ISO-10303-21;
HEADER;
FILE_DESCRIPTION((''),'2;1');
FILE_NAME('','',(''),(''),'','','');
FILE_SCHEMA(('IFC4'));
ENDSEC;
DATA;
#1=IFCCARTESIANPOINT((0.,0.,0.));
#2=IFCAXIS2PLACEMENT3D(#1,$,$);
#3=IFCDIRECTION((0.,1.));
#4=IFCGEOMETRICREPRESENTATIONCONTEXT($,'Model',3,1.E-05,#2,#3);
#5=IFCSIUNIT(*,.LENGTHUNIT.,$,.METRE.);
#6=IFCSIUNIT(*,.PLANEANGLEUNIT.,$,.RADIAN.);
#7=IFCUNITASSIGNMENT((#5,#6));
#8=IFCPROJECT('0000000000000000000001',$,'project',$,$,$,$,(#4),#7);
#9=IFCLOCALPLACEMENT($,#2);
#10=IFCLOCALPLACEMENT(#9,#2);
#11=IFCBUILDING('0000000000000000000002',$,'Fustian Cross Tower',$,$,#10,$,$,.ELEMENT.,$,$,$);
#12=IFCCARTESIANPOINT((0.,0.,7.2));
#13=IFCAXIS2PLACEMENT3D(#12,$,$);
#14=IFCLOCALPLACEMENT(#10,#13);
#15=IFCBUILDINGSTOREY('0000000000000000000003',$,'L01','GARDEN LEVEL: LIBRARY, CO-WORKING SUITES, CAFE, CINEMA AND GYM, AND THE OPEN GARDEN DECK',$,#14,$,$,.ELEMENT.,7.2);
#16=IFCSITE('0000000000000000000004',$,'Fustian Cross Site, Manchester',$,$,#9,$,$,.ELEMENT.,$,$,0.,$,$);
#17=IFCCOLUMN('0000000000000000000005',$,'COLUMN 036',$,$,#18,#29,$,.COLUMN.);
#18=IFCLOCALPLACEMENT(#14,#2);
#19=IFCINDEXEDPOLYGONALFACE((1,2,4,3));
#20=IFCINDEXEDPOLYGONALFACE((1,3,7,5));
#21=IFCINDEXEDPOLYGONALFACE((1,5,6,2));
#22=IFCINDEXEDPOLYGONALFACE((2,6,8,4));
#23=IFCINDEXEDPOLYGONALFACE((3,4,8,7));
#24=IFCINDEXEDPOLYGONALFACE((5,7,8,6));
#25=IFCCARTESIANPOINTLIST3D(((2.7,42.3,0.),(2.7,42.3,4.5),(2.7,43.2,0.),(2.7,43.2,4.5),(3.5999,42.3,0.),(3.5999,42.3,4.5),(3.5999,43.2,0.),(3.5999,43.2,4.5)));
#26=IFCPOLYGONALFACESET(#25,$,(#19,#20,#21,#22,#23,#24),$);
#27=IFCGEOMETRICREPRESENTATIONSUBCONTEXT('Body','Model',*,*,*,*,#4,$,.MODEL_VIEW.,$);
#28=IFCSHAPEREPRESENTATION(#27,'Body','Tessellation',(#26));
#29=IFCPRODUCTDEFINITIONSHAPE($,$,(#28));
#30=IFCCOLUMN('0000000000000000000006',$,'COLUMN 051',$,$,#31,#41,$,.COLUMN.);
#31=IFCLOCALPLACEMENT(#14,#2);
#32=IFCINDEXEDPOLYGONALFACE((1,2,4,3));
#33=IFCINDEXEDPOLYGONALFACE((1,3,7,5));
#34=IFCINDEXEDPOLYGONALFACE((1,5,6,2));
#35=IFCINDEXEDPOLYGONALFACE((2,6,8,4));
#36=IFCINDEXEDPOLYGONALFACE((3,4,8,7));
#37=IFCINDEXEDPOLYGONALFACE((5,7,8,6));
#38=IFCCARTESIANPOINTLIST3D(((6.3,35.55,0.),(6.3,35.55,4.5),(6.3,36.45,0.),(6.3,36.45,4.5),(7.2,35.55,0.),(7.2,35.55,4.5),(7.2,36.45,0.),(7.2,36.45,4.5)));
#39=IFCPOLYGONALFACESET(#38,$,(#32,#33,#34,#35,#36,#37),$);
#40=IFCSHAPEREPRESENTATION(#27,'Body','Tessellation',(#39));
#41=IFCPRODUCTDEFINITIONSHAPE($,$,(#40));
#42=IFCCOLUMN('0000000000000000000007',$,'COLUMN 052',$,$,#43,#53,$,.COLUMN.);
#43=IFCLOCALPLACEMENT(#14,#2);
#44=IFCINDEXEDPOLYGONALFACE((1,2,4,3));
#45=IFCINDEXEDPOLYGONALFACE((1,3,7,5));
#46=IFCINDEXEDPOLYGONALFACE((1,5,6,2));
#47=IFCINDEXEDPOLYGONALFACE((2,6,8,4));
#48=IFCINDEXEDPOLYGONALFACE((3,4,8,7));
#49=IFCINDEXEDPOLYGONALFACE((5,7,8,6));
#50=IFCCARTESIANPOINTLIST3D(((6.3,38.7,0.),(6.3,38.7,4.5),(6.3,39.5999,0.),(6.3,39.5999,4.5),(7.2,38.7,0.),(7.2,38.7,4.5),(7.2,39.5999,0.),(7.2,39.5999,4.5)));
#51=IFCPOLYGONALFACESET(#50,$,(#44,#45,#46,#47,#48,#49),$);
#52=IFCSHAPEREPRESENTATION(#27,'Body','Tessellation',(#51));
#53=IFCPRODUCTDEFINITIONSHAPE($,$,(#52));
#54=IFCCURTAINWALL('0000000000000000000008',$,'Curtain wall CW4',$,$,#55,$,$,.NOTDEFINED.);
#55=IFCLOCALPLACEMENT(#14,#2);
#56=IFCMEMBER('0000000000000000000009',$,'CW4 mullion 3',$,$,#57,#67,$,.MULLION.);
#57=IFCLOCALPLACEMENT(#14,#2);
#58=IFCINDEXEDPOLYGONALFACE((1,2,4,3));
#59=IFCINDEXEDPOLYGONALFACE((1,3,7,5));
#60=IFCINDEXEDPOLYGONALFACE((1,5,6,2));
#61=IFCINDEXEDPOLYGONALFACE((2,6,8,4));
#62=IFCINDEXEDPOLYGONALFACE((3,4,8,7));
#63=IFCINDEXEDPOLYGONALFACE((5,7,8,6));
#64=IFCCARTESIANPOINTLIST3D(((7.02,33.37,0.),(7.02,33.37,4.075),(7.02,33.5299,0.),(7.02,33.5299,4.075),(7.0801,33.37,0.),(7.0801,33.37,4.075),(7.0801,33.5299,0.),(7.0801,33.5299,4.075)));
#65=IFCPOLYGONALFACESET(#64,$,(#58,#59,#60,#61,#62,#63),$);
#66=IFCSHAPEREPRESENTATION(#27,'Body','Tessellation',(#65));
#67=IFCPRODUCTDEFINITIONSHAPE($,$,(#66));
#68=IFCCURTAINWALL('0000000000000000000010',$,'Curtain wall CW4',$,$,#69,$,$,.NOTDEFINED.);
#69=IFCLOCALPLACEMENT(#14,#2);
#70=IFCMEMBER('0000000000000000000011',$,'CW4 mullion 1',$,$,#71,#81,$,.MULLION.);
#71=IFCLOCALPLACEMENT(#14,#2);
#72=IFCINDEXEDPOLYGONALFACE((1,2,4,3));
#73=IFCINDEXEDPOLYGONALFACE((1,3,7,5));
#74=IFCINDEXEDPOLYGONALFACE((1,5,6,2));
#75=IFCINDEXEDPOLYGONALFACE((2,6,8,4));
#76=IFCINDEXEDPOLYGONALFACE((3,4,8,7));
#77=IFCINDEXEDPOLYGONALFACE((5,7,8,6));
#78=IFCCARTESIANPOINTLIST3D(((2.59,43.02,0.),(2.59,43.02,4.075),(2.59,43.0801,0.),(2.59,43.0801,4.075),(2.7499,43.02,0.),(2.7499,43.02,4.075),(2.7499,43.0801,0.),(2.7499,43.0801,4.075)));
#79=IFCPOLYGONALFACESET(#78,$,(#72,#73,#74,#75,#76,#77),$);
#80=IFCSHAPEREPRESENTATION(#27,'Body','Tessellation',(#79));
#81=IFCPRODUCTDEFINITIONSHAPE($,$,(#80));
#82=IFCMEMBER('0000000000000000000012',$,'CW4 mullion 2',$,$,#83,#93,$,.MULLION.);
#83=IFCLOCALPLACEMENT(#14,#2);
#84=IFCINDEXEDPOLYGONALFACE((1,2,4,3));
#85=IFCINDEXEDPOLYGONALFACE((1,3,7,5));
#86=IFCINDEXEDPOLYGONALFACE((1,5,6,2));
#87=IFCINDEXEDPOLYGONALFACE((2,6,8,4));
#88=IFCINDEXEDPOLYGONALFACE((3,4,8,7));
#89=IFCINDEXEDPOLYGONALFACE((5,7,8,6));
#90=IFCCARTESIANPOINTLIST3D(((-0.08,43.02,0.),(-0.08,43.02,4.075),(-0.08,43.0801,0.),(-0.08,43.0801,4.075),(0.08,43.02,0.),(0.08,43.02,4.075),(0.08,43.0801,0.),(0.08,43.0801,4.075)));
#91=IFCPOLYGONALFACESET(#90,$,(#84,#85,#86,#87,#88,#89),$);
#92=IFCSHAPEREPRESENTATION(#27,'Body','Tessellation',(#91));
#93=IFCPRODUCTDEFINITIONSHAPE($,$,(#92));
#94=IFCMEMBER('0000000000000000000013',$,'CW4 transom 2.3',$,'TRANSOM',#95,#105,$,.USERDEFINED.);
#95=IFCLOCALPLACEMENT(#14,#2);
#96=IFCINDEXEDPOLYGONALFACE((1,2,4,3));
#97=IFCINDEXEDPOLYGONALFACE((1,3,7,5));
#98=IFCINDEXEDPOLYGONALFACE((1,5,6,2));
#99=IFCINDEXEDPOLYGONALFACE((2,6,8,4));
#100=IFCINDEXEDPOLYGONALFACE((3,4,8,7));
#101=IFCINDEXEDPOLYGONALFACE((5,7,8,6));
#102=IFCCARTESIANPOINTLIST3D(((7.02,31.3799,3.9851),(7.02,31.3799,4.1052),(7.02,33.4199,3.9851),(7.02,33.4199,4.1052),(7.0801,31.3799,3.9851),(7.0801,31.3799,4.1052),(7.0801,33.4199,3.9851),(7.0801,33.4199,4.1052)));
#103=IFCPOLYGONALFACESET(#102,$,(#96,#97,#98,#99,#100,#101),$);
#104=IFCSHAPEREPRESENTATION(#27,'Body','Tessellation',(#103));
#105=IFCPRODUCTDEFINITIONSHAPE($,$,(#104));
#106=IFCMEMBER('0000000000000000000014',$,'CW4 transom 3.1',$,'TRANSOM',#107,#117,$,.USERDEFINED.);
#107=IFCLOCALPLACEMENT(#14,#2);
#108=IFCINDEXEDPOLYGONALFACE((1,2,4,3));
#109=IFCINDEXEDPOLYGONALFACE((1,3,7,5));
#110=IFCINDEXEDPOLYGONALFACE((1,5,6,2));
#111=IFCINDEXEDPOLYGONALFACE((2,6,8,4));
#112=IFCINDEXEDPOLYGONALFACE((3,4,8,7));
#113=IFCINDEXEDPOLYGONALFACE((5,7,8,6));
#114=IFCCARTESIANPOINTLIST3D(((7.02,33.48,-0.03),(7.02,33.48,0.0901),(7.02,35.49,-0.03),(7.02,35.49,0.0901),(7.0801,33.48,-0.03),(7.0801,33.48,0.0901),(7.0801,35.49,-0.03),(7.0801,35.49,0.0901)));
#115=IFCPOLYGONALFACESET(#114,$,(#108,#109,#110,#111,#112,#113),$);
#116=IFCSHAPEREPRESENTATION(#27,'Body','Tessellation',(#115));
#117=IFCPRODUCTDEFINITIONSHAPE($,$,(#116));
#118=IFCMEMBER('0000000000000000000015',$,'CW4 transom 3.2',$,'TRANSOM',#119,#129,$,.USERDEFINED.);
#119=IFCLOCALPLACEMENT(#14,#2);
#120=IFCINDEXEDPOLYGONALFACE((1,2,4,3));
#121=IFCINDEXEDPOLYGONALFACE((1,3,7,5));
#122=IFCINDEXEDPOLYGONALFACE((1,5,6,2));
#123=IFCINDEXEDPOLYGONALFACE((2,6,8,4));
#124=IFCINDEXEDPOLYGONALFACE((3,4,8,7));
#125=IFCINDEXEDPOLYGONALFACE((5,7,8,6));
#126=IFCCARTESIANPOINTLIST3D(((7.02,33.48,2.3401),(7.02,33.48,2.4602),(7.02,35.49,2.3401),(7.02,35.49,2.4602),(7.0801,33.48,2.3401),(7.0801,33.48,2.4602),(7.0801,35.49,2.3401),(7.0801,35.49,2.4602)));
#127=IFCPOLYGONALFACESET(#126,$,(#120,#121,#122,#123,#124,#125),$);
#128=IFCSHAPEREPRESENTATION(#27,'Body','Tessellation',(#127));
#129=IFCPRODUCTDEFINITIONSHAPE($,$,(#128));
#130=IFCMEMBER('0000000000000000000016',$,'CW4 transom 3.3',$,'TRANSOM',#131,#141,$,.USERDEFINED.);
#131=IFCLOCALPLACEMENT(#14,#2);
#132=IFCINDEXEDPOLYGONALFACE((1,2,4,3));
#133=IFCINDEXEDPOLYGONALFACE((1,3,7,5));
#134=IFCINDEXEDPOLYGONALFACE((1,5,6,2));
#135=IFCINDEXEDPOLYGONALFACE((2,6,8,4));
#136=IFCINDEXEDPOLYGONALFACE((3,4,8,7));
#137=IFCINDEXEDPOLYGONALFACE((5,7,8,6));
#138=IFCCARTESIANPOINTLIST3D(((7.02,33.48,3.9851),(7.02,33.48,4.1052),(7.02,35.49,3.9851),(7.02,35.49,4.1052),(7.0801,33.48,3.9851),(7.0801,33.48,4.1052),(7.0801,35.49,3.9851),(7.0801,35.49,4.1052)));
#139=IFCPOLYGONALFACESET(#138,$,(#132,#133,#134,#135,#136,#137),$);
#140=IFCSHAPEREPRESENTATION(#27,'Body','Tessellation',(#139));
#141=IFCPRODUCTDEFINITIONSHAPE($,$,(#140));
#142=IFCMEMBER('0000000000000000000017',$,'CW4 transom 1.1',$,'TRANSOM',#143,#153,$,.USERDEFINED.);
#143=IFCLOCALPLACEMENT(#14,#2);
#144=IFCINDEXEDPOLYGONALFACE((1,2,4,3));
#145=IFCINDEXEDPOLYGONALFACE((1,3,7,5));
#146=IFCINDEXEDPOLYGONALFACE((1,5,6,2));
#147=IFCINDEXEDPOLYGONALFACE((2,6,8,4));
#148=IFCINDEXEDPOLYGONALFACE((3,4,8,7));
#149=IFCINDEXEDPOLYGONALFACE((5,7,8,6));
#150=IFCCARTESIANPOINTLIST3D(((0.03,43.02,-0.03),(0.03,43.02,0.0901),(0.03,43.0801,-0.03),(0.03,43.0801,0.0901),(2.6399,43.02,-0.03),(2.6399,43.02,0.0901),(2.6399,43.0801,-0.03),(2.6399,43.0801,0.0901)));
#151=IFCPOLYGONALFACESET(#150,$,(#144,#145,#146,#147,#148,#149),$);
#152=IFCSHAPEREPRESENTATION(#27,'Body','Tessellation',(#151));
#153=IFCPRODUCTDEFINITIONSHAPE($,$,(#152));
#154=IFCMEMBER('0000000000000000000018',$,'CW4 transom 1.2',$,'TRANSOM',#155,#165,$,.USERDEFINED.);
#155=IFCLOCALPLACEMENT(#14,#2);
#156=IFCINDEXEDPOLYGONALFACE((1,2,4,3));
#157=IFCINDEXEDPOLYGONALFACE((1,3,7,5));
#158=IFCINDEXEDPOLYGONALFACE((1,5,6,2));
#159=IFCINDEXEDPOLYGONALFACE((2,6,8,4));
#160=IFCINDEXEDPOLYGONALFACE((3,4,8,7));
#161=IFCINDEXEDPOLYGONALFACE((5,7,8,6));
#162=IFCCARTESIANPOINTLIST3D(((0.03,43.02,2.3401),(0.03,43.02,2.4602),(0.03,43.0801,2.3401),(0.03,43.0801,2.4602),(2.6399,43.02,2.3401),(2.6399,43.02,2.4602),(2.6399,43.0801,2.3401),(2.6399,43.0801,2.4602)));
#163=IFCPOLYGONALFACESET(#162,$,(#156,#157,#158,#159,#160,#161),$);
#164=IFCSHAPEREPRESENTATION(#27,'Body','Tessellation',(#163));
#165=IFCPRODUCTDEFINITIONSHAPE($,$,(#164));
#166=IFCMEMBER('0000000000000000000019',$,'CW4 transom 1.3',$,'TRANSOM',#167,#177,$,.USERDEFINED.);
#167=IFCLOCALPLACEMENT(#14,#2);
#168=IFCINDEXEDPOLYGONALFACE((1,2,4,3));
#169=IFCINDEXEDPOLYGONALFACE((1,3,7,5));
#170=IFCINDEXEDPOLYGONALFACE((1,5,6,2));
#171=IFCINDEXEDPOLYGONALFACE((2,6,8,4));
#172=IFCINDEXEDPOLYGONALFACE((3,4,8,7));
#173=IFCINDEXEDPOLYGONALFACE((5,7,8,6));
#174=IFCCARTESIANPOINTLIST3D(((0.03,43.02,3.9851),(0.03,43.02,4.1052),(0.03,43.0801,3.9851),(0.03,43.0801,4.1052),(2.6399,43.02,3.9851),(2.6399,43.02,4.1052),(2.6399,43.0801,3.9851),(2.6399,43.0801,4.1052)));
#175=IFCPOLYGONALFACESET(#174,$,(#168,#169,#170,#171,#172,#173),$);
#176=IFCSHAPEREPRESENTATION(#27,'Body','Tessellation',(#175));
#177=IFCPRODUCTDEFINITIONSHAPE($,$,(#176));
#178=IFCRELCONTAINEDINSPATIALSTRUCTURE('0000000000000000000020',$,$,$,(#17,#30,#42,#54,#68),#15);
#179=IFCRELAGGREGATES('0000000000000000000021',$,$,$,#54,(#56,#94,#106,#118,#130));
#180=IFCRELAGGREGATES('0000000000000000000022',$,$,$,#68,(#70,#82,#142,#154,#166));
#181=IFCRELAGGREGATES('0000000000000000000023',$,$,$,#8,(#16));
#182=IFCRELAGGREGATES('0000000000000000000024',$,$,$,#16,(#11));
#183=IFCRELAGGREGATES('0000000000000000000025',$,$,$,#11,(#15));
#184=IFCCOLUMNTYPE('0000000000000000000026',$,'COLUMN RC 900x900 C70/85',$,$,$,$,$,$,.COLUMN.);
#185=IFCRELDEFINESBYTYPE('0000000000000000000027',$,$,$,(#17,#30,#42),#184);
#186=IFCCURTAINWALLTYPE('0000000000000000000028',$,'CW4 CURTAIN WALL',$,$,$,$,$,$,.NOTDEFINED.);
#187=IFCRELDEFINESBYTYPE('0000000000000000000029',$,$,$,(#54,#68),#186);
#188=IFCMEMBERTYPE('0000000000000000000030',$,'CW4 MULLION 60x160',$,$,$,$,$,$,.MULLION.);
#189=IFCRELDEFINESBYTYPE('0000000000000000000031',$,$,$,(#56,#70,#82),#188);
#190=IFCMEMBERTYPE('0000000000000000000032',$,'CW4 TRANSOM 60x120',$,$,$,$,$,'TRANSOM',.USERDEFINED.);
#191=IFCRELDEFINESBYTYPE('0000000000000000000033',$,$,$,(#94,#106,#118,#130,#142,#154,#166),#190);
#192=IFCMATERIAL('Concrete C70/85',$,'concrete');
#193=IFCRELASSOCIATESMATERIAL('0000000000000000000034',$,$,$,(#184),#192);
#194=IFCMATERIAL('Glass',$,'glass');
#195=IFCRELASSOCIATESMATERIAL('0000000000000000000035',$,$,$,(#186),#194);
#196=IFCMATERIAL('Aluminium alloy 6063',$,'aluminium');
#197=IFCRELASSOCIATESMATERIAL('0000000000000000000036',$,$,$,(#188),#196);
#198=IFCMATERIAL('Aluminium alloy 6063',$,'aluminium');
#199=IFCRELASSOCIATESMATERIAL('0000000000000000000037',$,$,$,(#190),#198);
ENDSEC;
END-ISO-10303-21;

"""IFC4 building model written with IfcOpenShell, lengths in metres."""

from ifc_helpers import new_model, si_unit, direction, frame, origin, origin_2d, place, context, subcontext, project, spatial, rectangle, extrude, material, material_profile, profile_set, type_object, element, aggregate, save


model = new_model("IFC4")

# Units and contexts
model_context = context("Model", 3, precision=1e-05, world=origin(), true_north=direction((0.0, 1.0)))
body_context = subcontext(model_context, "Body", "Model", "MODEL_VIEW")
ifc_project = project(units=[si_unit("LENGTHUNIT", "METRE"), si_unit("PLANEANGLEUNIT", "RADIAN")], contexts=[model_context])

# Site, building, storey
site_placement = place(None, origin())
site = spatial("IfcSite", under=ifc_project, at=site_placement, Name="Fustian Cross Site, Manchester", CompositionType="ELEMENT", RefElevation=0.0)
building_placement = place(site_placement, origin())
building = spatial("IfcBuilding", under=site, at=building_placement, Name="Fustian Cross Tower", CompositionType="ELEMENT")
storey_placement = place(building_placement, frame((0.0, 0.0, 7.2)))
storey = spatial("IfcBuildingStorey", under=building, at=storey_placement, Name="L01", Description="GARDEN LEVEL: LIBRARY, CO-WORKING SUITES, CAFE, CINEMA AND GYM, AND THE OPEN GARDEN DECK", CompositionType="ELEMENT", Elevation=7.2)

# Columns
ifc_material_1 = material(Name="Concrete C70/85", Category="concrete")
ifc_material_profile_1 = material_profile(ifc_material_1, rectangle(XDim=0.8999, YDim=0.8999, at=origin_2d()), Name="RC 900x900")
ifc_profile_set_1 = profile_set([ifc_material_profile_1], Name="Concrete C70/85")
column_type = type_object("IfcColumnType", Name="COLUMN RC 900x900 C70/85", PredefinedType="COLUMN", material=ifc_profile_set_1)
for number, where, z_axis, x_axis, name in (
    (1, (3.1499, 42.75, 0.0), (0.0, 0.0, 1.0), (1.0, 0.0, 0.0), "COLUMN 036"),
    (2, (6.75, 36.0, 0.0), (0.0, 0.0, 1.0), (1.0, 0.0, 0.0), "COLUMN 051"),
    (3, (6.75, 39.1499, 0.0), (0.0, 0.0, 1.0), (1.0, 0.0, 0.0), "COLUMN 052"),
):
    element("IfcColumn", number, at=place(storey_placement, frame(where, z_axis=z_axis, x_axis=x_axis)), inside=storey, type_object=column_type, Name=name, PredefinedType="COLUMN", context=body_context, shape_type="SweptSolid", body=[
        extrude(rectangle(XDim=0.8999, YDim=0.8999, at=origin_2d()), origin(), (0.0, 0.0, 1.0), 4.5),
    ])

# Curtain wall, member
ifc_material_2 = material(Name="Glass", Category="glass")
curtain_wall_type = type_object("IfcCurtainWallType", Name="CW4 CURTAIN WALL", PredefinedType="NOTDEFINED", material=ifc_material_2)
curtain_wall_1_placement = place(storey_placement, origin())
curtain_wall_1 = element("IfcCurtainWall", 4, at=curtain_wall_1_placement, inside=storey, type_object=curtain_wall_type, Name="Curtain wall CW4", PredefinedType="NOTDEFINED")
ifc_material_3 = material(Name="Aluminium alloy 6063", Category="aluminium")
ifc_material_profile_2 = material_profile(ifc_material_3, rectangle(XDim=0.0601, YDim=0.1599, at=origin_2d()), Name="CW4 MULLION 60x160")
ifc_profile_set_2 = profile_set([ifc_material_profile_2], Name="Aluminium alloy 6063")
member_type_1 = type_object("IfcMemberType", Name="CW4 MULLION 60x160", PredefinedType="MULLION", material=ifc_profile_set_2)
member_1_placement = place(storey_placement, frame((7.05, 33.45, 0.0), z_axis=(0.0, 0.0, 1.0), x_axis=(-1.0, 0.0, 0.0)))
member_1 = element("IfcMember", 5, at=member_1_placement, type_object=member_type_1, Name="CW4 mullion 3", PredefinedType="MULLION", context=body_context, shape_type="SweptSolid", body=[
    extrude(rectangle(XDim=0.0601, YDim=0.1599, at=origin_2d()), origin(), (0.0, 0.0, 1.0), 4.075),
])

# Curtain wall, members
curtain_wall_2_placement = place(storey_placement, origin())
curtain_wall_2 = element("IfcCurtainWall", 6, at=curtain_wall_2_placement, inside=storey, type_object=curtain_wall_type, Name="Curtain wall CW4", PredefinedType="NOTDEFINED")
member_2_placement = place(storey_placement, frame((2.6699, 43.05, 0.0), z_axis=(0.0, 0.0, 1.0), x_axis=(0.0, -1.0, 0.0)))
member_2 = element("IfcMember", 7, at=member_2_placement, type_object=member_type_1, Name="CW4 mullion 1", PredefinedType="MULLION", context=body_context, shape_type="SweptSolid", body=[
    extrude(rectangle(XDim=0.0601, YDim=0.1599, at=origin_2d()), origin(), (0.0, 0.0, 1.0), 4.075),
])
member_3_placement = place(storey_placement, frame((0.0, 43.05, 0.0), z_axis=(0.0, 0.0, 1.0), x_axis=(0.0, -1.0, 0.0)))
member_3 = element("IfcMember", 8, at=member_3_placement, type_object=member_type_1, Name="CW4 mullion 2", PredefinedType="MULLION", context=body_context, shape_type="SweptSolid", body=[
    extrude(rectangle(XDim=0.0601, YDim=0.1599, at=origin_2d()), origin(), (0.0, 0.0, 1.0), 4.075),
])

# Members
ifc_material_4 = material(Name="Aluminium alloy 6063", Category="aluminium")
ifc_material_profile_3 = material_profile(ifc_material_4, rectangle(XDim=0.0601, YDim=0.1201, at=origin_2d()), Name="CW4 TRANSOM 60x120")
ifc_profile_set_3 = profile_set([ifc_material_profile_3], Name="Aluminium alloy 6063")
member_type_2 = type_object("IfcMemberType", Name="CW4 TRANSOM 60x120", ElementType="TRANSOM", PredefinedType="USERDEFINED", material=ifc_profile_set_3)
member_4_placement = place(storey_placement, frame((7.05, 31.3799, 4.0452), z_axis=(0.0, 1.0, 0.0), x_axis=(-1.0, 0.0, 0.0)))
member_4 = element("IfcMember", 9, at=member_4_placement, type_object=member_type_2, Name="CW4 transom 2.3", ObjectType="TRANSOM", PredefinedType="USERDEFINED", context=body_context, shape_type="SweptSolid", body=[
    extrude(rectangle(XDim=0.0601, YDim=0.1201, at=origin_2d()), origin(), (0.0, 0.0, 1.0), 2.04),
])
member_5_placement = place(storey_placement, frame((7.05, 33.48, 0.03), z_axis=(0.0, 1.0, 0.0), x_axis=(-1.0, 0.0, 0.0)))
member_5 = element("IfcMember", 10, at=member_5_placement, type_object=member_type_2, Name="CW4 transom 3.1", ObjectType="TRANSOM", PredefinedType="USERDEFINED", context=body_context, shape_type="SweptSolid", body=[
    extrude(rectangle(XDim=0.0601, YDim=0.1201, at=origin_2d()), origin(), (0.0, 0.0, 1.0), 2.01),
])
member_6_placement = place(storey_placement, frame((7.05, 33.48, 2.4001), z_axis=(0.0, 1.0, 0.0), x_axis=(-1.0, 0.0, 0.0)))
member_6 = element("IfcMember", 11, at=member_6_placement, type_object=member_type_2, Name="CW4 transom 3.2", ObjectType="TRANSOM", PredefinedType="USERDEFINED", context=body_context, shape_type="SweptSolid", body=[
    extrude(rectangle(XDim=0.0601, YDim=0.1201, at=origin_2d()), origin(), (0.0, 0.0, 1.0), 2.01),
])
member_7_placement = place(storey_placement, frame((7.05, 33.48, 4.0452), z_axis=(0.0, 1.0, 0.0), x_axis=(-1.0, 0.0, 0.0)))
member_7 = element("IfcMember", 12, at=member_7_placement, type_object=member_type_2, Name="CW4 transom 3.3", ObjectType="TRANSOM", PredefinedType="USERDEFINED", context=body_context, shape_type="SweptSolid", body=[
    extrude(rectangle(XDim=0.0601, YDim=0.1201, at=origin_2d()), origin(), (0.0, 0.0, 1.0), 2.01),
])
member_8_placement = place(storey_placement, frame((2.6399, 43.05, 0.03), z_axis=(-1.0, 0.0, 0.0), x_axis=(0.0, -1.0, 0.0)))
member_8 = element("IfcMember", 13, at=member_8_placement, type_object=member_type_2, Name="CW4 transom 1.1", ObjectType="TRANSOM", PredefinedType="USERDEFINED", context=body_context, shape_type="SweptSolid", body=[
    extrude(rectangle(XDim=0.0601, YDim=0.1201, at=origin_2d()), origin(), (0.0, 0.0, 1.0), 2.6099),
])
member_9_placement = place(storey_placement, frame((2.6399, 43.05, 2.4001), z_axis=(-1.0, 0.0, 0.0), x_axis=(0.0, -1.0, 0.0)))
member_9 = element("IfcMember", 14, at=member_9_placement, type_object=member_type_2, Name="CW4 transom 1.2", ObjectType="TRANSOM", PredefinedType="USERDEFINED", context=body_context, shape_type="SweptSolid", body=[
    extrude(rectangle(XDim=0.0601, YDim=0.1201, at=origin_2d()), origin(), (0.0, 0.0, 1.0), 2.6099),
])
member_10_placement = place(storey_placement, frame((2.6399, 43.05, 4.0452), z_axis=(-1.0, 0.0, 0.0), x_axis=(0.0, -1.0, 0.0)))
member_10 = element("IfcMember", 15, at=member_10_placement, type_object=member_type_2, Name="CW4 transom 1.3", ObjectType="TRANSOM", PredefinedType="USERDEFINED", context=body_context, shape_type="SweptSolid", body=[
    extrude(rectangle(XDim=0.0601, YDim=0.1201, at=origin_2d()), origin(), (0.0, 0.0, 1.0), 2.6099),
])

aggregate(curtain_wall_1, [member_1, member_4, member_5, member_6, member_7])
aggregate(curtain_wall_2, [member_2, member_3, member_8, member_9, member_10])

save(model, "model.ifc")
